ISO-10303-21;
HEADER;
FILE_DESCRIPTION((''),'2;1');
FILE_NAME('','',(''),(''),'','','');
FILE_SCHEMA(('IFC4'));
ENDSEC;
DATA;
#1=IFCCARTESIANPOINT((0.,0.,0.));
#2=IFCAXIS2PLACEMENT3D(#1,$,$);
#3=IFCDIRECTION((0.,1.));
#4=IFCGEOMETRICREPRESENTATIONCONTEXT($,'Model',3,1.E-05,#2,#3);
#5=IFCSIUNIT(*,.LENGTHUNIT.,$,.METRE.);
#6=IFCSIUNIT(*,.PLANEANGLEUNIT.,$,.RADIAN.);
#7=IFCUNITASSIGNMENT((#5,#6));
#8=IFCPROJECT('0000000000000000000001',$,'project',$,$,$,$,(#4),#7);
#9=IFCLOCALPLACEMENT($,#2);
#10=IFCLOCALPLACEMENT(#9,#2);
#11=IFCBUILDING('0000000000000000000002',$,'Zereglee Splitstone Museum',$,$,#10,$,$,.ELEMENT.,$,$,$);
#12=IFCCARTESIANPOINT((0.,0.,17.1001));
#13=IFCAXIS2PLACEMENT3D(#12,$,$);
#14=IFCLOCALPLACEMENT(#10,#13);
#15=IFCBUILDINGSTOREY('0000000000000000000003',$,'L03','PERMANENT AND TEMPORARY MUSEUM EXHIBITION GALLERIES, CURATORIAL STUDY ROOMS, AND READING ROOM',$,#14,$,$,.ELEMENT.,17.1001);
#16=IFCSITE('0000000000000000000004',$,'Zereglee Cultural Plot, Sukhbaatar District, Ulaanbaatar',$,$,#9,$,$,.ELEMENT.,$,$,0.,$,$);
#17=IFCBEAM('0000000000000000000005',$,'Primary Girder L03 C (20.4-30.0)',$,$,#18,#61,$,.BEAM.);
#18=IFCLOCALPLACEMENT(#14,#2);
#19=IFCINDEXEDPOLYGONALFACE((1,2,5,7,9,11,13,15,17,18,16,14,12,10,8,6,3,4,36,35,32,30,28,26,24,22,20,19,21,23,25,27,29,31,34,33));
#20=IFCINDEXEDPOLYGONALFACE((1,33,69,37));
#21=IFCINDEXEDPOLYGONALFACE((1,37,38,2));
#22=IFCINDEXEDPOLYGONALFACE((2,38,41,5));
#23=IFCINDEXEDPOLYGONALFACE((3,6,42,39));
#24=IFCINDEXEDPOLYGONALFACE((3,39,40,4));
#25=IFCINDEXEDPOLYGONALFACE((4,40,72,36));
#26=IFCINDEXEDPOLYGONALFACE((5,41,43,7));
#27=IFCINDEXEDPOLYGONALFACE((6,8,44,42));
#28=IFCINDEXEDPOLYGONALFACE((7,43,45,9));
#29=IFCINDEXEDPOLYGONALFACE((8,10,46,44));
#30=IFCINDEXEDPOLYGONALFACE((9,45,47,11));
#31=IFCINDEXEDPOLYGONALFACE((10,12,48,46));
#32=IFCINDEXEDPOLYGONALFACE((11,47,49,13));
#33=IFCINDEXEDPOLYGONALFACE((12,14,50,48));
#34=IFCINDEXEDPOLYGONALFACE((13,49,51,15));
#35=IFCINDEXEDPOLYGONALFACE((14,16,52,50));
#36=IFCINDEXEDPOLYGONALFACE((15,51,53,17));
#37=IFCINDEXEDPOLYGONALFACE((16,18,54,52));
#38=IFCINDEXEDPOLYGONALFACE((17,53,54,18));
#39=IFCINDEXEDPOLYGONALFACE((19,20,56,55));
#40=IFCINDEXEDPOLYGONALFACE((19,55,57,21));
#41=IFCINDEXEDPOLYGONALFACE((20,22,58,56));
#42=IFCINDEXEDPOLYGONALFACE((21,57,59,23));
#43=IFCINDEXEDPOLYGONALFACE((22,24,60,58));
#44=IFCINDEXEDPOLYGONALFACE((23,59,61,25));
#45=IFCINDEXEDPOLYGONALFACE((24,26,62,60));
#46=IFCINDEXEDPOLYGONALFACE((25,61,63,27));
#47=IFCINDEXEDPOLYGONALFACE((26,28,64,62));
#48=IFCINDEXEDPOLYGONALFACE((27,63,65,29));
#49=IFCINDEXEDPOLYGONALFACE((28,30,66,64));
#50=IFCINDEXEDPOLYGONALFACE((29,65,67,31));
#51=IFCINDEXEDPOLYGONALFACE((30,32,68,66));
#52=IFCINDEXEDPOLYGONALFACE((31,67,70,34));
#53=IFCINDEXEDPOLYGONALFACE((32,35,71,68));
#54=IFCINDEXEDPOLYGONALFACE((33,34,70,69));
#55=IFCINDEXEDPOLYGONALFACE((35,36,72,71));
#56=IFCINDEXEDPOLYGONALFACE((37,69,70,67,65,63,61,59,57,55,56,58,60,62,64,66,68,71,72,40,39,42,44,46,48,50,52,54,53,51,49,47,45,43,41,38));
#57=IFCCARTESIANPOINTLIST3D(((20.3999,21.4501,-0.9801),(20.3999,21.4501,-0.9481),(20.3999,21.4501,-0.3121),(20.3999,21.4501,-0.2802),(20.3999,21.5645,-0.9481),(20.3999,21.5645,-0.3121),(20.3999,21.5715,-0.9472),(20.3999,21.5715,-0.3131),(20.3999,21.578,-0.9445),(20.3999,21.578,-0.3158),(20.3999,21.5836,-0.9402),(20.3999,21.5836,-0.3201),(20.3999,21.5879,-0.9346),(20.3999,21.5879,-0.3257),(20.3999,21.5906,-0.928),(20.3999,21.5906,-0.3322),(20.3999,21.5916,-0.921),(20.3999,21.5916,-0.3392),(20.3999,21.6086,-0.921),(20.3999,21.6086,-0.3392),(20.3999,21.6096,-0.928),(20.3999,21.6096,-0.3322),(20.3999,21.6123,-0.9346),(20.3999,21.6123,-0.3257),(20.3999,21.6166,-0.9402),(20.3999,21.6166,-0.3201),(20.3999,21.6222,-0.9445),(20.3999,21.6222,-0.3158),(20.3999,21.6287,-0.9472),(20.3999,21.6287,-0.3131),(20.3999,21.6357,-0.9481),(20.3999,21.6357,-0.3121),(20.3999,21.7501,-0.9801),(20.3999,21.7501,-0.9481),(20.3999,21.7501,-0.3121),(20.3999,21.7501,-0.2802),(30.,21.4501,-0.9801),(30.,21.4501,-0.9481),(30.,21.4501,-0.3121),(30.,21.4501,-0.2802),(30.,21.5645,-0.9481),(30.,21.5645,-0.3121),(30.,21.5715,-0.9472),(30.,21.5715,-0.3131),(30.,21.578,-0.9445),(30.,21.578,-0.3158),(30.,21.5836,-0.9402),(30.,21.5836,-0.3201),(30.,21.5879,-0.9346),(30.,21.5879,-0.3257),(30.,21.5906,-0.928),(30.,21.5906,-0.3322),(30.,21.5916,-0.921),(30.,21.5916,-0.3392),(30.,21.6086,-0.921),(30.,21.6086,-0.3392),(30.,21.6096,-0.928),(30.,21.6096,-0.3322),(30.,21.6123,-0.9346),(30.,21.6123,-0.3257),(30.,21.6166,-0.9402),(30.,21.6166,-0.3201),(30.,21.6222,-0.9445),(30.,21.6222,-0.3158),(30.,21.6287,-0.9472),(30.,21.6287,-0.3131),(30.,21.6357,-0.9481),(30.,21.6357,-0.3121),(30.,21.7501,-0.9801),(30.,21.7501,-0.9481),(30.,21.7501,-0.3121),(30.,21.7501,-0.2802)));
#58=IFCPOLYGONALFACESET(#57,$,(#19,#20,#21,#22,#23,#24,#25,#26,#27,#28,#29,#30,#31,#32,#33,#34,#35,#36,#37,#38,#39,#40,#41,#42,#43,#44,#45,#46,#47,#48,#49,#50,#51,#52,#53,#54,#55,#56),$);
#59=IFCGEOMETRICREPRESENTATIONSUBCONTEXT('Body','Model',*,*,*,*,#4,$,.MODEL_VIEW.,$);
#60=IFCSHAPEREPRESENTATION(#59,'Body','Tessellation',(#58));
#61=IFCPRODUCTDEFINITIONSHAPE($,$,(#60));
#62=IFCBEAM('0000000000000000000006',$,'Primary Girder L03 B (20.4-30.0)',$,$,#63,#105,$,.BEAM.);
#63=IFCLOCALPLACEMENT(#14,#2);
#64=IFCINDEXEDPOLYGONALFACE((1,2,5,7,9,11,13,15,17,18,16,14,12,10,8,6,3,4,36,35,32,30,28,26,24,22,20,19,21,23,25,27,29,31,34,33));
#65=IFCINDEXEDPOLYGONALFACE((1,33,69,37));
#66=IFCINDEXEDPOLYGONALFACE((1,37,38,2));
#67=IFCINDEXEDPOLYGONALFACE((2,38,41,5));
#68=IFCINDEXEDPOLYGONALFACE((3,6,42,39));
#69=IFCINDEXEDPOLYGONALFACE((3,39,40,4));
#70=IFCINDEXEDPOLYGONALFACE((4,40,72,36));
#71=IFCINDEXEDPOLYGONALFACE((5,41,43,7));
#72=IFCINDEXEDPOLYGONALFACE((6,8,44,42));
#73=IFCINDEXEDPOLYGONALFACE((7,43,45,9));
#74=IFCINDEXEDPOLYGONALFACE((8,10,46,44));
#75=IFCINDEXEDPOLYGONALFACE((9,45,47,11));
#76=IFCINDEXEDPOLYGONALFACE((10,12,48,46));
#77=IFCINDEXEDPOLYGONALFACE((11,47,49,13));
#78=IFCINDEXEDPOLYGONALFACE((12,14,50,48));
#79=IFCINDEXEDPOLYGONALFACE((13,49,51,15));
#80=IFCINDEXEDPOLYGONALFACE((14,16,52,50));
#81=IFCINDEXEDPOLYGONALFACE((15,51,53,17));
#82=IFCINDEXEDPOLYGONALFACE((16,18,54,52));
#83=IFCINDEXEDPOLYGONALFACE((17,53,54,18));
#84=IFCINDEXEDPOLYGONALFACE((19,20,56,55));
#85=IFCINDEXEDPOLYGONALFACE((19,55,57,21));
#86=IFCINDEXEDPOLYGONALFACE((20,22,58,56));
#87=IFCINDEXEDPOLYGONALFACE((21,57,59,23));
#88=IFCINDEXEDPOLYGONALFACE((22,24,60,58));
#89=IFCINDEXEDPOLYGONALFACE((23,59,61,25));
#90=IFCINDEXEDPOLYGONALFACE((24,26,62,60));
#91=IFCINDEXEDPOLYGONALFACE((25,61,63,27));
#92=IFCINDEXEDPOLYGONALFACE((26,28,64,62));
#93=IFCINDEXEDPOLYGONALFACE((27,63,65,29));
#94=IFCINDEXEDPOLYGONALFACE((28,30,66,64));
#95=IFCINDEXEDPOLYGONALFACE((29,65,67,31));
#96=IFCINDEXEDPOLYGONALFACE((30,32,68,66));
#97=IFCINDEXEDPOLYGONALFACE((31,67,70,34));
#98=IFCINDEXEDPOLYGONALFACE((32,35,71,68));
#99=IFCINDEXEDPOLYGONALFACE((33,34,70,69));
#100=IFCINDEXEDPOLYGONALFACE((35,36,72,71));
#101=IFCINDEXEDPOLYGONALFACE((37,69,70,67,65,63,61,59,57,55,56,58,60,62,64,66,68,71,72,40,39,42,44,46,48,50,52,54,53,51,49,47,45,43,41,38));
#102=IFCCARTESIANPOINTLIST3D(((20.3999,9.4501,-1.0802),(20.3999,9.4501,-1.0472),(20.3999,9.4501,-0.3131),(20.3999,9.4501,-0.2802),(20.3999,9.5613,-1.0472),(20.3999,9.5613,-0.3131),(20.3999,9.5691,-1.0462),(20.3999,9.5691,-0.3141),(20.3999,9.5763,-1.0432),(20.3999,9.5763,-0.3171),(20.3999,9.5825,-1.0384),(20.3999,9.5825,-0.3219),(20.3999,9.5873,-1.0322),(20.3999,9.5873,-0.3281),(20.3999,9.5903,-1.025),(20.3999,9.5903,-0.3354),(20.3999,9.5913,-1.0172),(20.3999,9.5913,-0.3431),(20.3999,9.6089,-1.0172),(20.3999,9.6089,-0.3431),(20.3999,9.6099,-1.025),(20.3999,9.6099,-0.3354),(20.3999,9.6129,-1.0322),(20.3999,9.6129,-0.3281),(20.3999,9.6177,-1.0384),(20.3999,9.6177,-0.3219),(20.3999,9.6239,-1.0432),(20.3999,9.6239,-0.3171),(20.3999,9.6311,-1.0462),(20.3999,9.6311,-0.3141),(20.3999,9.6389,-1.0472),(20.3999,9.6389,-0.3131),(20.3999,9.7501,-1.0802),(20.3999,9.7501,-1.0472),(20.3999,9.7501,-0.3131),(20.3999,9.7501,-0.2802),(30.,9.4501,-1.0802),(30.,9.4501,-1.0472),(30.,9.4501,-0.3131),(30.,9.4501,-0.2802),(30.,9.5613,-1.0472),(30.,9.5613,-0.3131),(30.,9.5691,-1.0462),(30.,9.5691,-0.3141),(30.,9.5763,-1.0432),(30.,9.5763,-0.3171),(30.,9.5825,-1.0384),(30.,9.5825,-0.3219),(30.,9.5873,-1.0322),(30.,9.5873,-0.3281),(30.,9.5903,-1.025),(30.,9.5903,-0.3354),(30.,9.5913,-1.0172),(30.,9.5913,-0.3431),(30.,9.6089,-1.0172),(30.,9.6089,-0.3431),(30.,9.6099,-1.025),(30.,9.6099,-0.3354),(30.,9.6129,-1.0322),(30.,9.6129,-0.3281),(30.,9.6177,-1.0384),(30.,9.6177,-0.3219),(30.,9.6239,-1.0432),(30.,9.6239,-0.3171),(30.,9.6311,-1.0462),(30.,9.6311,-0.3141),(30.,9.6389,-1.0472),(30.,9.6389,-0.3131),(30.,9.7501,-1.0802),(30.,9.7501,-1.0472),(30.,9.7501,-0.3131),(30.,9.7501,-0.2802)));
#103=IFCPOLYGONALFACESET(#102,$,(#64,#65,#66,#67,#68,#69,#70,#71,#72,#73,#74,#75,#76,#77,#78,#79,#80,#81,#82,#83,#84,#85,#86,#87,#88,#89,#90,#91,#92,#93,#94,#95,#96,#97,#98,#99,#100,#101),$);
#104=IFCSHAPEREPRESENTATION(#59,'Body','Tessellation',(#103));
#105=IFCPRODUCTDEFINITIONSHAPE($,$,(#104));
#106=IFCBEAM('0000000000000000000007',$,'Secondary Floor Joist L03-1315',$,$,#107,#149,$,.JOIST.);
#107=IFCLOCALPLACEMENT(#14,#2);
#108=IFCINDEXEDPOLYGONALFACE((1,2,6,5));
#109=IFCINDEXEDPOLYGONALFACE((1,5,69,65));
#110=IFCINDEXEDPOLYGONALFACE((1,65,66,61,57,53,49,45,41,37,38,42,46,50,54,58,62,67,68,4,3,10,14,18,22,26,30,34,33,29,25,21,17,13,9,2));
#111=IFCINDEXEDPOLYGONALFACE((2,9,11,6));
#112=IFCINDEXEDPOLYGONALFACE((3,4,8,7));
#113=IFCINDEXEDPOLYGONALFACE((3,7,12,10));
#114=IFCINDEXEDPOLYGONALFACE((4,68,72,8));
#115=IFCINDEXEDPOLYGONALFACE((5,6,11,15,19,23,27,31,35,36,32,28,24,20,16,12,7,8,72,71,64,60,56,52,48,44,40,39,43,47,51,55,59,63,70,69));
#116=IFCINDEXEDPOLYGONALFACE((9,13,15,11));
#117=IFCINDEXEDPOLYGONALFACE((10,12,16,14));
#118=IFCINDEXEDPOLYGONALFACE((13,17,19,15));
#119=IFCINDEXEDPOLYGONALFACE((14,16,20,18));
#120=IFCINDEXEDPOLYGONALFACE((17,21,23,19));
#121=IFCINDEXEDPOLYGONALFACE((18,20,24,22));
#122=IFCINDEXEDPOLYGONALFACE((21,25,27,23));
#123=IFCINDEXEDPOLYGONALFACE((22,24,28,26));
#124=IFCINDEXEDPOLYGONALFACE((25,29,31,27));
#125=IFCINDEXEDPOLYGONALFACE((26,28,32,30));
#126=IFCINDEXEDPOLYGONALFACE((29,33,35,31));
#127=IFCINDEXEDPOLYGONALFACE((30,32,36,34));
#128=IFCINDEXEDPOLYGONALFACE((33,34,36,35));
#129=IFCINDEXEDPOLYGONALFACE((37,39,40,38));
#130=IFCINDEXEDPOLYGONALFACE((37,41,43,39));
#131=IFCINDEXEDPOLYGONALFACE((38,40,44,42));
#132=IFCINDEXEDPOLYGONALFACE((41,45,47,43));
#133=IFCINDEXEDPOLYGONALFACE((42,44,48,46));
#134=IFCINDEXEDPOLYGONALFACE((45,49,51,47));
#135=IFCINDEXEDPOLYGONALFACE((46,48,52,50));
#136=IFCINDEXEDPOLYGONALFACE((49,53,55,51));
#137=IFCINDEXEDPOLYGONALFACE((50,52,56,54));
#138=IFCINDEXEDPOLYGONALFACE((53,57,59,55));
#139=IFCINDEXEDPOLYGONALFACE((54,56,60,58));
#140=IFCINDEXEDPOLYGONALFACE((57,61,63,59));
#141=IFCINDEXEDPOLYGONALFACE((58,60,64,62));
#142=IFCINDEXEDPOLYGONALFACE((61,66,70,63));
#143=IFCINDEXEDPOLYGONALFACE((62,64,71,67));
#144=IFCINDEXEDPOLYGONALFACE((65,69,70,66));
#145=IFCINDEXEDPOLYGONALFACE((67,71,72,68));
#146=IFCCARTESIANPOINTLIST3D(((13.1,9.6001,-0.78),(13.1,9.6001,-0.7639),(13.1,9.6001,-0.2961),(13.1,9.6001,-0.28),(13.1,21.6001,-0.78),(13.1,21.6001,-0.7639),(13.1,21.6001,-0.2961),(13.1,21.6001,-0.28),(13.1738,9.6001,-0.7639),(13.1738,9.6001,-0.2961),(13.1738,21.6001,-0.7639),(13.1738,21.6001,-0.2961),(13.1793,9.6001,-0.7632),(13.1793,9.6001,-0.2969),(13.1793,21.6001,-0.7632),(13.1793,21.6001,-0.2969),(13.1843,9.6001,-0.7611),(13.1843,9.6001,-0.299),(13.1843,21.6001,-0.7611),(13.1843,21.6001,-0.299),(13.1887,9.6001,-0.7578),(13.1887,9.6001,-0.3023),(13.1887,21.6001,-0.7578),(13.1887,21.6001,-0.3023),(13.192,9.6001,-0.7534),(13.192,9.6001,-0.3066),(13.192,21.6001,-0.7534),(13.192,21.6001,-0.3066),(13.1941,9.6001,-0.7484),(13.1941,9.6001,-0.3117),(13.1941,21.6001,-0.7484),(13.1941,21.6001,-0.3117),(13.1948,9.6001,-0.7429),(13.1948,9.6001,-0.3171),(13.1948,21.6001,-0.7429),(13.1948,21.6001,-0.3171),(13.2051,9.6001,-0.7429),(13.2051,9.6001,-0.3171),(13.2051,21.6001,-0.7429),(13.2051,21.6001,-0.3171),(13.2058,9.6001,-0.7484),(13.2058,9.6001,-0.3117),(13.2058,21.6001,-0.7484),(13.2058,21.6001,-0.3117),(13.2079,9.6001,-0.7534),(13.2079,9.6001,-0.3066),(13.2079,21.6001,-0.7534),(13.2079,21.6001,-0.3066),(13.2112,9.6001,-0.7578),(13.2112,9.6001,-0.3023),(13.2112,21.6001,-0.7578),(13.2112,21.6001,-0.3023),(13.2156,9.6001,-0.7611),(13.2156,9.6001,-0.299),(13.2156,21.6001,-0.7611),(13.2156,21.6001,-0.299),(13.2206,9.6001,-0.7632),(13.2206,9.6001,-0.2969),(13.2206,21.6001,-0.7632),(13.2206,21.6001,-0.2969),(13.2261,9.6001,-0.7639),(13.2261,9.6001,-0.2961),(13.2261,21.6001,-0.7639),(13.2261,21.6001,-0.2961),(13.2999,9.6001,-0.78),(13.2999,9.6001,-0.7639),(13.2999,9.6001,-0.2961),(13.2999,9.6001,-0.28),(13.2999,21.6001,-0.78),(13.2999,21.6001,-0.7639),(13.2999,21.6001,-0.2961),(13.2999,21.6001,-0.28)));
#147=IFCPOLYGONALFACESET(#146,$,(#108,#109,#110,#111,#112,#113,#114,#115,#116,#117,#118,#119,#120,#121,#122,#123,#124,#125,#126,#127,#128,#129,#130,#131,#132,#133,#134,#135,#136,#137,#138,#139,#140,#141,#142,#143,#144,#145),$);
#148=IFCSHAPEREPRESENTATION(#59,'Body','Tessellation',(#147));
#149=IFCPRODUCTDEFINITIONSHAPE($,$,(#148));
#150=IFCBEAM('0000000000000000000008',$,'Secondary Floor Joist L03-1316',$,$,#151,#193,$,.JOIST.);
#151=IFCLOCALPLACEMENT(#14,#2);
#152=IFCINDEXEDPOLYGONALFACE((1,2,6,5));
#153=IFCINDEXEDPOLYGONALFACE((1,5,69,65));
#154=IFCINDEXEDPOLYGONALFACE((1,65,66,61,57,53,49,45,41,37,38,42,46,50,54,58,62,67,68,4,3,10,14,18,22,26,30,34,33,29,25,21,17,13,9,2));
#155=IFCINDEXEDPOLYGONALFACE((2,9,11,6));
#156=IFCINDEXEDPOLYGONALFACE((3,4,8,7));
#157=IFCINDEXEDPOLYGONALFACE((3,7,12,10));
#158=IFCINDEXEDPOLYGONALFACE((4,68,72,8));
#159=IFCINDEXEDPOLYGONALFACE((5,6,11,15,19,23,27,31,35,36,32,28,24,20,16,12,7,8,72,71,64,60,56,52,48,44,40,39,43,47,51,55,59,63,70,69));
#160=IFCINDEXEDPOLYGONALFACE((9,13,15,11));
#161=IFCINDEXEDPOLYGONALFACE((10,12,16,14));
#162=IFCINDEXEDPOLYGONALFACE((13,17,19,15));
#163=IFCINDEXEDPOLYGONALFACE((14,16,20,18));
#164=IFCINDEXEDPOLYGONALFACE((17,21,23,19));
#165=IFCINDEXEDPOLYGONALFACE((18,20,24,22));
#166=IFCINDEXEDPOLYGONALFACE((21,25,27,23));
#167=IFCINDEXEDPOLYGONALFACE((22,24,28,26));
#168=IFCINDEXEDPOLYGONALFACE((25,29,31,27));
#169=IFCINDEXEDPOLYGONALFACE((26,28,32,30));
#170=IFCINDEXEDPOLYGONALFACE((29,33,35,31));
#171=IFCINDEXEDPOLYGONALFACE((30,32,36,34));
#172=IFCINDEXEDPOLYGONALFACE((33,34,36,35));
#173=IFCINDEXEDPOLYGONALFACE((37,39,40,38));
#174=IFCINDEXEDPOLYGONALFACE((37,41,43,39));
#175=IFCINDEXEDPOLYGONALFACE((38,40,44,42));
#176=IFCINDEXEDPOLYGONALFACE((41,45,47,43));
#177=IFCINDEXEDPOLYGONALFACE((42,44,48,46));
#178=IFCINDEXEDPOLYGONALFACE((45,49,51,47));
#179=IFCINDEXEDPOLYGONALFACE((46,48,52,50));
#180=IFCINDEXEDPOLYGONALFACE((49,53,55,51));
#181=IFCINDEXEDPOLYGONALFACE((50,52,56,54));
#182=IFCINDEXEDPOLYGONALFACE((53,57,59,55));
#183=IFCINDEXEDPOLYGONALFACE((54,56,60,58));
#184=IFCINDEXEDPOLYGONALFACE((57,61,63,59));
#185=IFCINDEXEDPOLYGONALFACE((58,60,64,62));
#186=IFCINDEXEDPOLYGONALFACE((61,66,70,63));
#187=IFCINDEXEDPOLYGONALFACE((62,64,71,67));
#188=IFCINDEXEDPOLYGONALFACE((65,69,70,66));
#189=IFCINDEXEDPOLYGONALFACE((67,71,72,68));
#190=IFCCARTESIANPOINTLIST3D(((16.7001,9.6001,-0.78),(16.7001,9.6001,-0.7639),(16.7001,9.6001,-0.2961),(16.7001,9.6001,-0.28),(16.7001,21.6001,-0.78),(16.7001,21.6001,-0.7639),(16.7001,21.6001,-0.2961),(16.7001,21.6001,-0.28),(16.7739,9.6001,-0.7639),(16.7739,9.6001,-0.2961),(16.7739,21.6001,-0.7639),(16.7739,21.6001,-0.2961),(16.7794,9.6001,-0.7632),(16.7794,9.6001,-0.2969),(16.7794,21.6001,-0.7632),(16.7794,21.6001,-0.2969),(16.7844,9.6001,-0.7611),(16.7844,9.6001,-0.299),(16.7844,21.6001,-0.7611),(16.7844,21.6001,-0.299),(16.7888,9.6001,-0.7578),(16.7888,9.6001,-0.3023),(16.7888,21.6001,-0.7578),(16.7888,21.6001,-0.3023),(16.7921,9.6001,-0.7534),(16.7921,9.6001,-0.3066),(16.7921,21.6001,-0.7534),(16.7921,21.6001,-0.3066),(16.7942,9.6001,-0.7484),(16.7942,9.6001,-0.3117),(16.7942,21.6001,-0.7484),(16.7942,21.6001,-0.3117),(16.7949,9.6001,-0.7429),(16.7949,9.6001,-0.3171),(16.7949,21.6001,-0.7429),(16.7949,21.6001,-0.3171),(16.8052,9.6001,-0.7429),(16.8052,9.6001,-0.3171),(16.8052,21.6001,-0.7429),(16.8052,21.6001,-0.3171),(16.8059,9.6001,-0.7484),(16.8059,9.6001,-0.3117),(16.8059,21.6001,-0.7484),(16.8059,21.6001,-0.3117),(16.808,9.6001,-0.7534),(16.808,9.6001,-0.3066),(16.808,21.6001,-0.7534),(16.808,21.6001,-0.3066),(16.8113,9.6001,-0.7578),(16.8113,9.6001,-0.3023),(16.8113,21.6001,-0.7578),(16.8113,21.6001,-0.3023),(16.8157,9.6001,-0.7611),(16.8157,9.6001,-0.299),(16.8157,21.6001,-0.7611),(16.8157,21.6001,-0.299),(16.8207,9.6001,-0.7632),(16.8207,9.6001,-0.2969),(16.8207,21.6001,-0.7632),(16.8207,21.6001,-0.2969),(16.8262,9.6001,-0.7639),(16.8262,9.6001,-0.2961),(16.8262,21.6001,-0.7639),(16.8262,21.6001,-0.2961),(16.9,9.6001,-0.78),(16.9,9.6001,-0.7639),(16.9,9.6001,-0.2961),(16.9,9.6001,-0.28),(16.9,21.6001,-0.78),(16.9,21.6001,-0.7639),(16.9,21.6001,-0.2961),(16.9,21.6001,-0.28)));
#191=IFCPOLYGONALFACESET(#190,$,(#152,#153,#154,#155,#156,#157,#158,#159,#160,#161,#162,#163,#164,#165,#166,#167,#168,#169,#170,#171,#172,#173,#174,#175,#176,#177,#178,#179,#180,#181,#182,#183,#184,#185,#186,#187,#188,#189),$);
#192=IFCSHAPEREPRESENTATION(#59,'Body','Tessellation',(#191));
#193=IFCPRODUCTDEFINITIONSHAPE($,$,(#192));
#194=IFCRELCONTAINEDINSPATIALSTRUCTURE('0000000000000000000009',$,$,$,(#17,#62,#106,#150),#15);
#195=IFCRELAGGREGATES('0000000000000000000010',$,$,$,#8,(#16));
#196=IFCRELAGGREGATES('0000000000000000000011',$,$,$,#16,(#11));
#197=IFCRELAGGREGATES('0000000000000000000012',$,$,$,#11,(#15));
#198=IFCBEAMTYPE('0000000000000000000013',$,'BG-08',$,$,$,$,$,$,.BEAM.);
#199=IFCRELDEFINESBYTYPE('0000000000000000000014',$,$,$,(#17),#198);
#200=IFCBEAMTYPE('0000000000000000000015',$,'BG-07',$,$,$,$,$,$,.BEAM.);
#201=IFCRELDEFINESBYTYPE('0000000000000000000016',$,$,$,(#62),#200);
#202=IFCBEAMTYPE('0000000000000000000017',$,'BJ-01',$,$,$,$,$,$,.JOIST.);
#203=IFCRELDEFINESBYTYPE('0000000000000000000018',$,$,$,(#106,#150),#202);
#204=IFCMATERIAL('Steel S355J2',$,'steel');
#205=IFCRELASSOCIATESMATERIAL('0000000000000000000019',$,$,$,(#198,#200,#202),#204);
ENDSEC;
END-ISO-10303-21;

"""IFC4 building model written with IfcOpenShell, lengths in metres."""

from ifc_helpers import new_model, si_unit, direction, frame, origin, origin_2d, place, context, subcontext, project, spatial, i_section, extrude, material, material_profile, profile_set, type_object, element, save


model = new_model("IFC4")

# Units and contexts
model_context = context("Model", 3, precision=1e-05, world=origin(), true_north=direction((0.0, 1.0)))
body_context = subcontext(model_context, "Body", "Model", "MODEL_VIEW")
ifc_project = project(units=[si_unit("LENGTHUNIT", "METRE"), si_unit("PLANEANGLEUNIT", "RADIAN")], contexts=[model_context])

# Site, building, storey
site_placement = place(None, origin())
site = spatial("IfcSite", under=ifc_project, at=site_placement, Name="Zereglee Cultural Plot, Sukhbaatar District, Ulaanbaatar", CompositionType="ELEMENT", RefElevation=0.0)
building_placement = place(site_placement, origin())
building = spatial("IfcBuilding", under=site, at=building_placement, Name="Zereglee Splitstone Museum", CompositionType="ELEMENT")
storey_placement = place(building_placement, frame((0.0, 0.0, 17.1001)))
storey = spatial("IfcBuildingStorey", under=building, at=storey_placement, Name="L03", Description="PERMANENT AND TEMPORARY MUSEUM EXHIBITION GALLERIES, CURATORIAL STUDY ROOMS, AND READING ROOM", CompositionType="ELEMENT", Elevation=17.1001)

# Shared definitions
ifc_material_1 = material(Name="Steel S355J2", Category="steel")

# Beams
ifc_material_profile_1 = material_profile(ifc_material_1, i_section(OverallWidth=0.3, OverallDepth=0.7, WebThickness=0.0171, FlangeThickness=0.032, FilletRadius=0.0271, at=origin_2d()), Name="HE 700 B")
ifc_profile_set_1 = profile_set([ifc_material_profile_1], Name="Steel S355J2")
beam_type_1 = type_object("IfcBeamType", Name="BG-08", PredefinedType="BEAM", material=ifc_profile_set_1)
beam_1_placement = place(storey_placement, frame((20.3999, 21.6001, -0.6301), z_axis=(1.0, 0.0, 0.0), x_axis=(0.0, 1.0, 0.0)))
element("IfcBeam", 1, at=beam_1_placement, inside=storey, type_object=beam_type_1, Name="Primary Girder L03 C (20.4-30.0)", PredefinedType="BEAM", context=body_context, shape_type="SweptSolid", body=[
    extrude(i_section(OverallWidth=0.3, OverallDepth=0.7, WebThickness=0.0171, FlangeThickness=0.032, FilletRadius=0.0271, at=origin_2d()), origin(), (0.0, 0.0, 1.0), 9.6001),
])
ifc_material_profile_2 = material_profile(ifc_material_1, i_section(OverallWidth=0.3, OverallDepth=0.8, WebThickness=0.0176, FlangeThickness=0.033, FilletRadius=0.03, at=origin_2d()), Name="HE 800 B")
ifc_profile_set_2 = profile_set([ifc_material_profile_2], Name="Steel S355J2")
beam_type_2 = type_object("IfcBeamType", Name="BG-07", PredefinedType="BEAM", material=ifc_profile_set_2)
beam_2_placement = place(storey_placement, frame((20.3999, 9.6001, -0.6802), z_axis=(1.0, 0.0, 0.0), x_axis=(0.0, 1.0, 0.0)))
element("IfcBeam", 2, at=beam_2_placement, inside=storey, type_object=beam_type_2, Name="Primary Girder L03 B (20.4-30.0)", PredefinedType="BEAM", context=body_context, shape_type="SweptSolid", body=[
    extrude(i_section(OverallWidth=0.3, OverallDepth=0.8, WebThickness=0.0176, FlangeThickness=0.033, FilletRadius=0.03, at=origin_2d()), origin(), (0.0, 0.0, 1.0), 9.6001),
])
ifc_material_profile_3 = material_profile(ifc_material_1, i_section(OverallWidth=0.2, OverallDepth=0.5, WebThickness=0.0103, FlangeThickness=0.0161, FilletRadius=0.021, at=origin_2d()), Name="IPE 500")
ifc_profile_set_3 = profile_set([ifc_material_profile_3], Name="Steel S355J2")
beam_type_3 = type_object("IfcBeamType", Name="BJ-01", PredefinedType="JOIST", material=ifc_profile_set_3)
for number, where, z_axis, x_axis, name in (
    (3, (13.2, 9.6001, -0.53), (0.0, 1.0, 0.0), (-1.0, 0.0, 0.0), "Secondary Floor Joist L03-1315"),
    (4, (16.8, 9.6001, -0.53), (0.0, 1.0, 0.0), (-1.0, 0.0, 0.0), "Secondary Floor Joist L03-1316"),
):
    element("IfcBeam", number, at=place(storey_placement, frame(where, z_axis=z_axis, x_axis=x_axis)), inside=storey, type_object=beam_type_3, Name=name, PredefinedType="JOIST", context=body_context, shape_type="SweptSolid", body=[
        extrude(i_section(OverallWidth=0.2, OverallDepth=0.5, WebThickness=0.0103, FlangeThickness=0.0161, FilletRadius=0.021, at=origin_2d()), origin(), (0.0, 0.0, 1.0), 12.0),
    ])

save(model, "model.ifc")
